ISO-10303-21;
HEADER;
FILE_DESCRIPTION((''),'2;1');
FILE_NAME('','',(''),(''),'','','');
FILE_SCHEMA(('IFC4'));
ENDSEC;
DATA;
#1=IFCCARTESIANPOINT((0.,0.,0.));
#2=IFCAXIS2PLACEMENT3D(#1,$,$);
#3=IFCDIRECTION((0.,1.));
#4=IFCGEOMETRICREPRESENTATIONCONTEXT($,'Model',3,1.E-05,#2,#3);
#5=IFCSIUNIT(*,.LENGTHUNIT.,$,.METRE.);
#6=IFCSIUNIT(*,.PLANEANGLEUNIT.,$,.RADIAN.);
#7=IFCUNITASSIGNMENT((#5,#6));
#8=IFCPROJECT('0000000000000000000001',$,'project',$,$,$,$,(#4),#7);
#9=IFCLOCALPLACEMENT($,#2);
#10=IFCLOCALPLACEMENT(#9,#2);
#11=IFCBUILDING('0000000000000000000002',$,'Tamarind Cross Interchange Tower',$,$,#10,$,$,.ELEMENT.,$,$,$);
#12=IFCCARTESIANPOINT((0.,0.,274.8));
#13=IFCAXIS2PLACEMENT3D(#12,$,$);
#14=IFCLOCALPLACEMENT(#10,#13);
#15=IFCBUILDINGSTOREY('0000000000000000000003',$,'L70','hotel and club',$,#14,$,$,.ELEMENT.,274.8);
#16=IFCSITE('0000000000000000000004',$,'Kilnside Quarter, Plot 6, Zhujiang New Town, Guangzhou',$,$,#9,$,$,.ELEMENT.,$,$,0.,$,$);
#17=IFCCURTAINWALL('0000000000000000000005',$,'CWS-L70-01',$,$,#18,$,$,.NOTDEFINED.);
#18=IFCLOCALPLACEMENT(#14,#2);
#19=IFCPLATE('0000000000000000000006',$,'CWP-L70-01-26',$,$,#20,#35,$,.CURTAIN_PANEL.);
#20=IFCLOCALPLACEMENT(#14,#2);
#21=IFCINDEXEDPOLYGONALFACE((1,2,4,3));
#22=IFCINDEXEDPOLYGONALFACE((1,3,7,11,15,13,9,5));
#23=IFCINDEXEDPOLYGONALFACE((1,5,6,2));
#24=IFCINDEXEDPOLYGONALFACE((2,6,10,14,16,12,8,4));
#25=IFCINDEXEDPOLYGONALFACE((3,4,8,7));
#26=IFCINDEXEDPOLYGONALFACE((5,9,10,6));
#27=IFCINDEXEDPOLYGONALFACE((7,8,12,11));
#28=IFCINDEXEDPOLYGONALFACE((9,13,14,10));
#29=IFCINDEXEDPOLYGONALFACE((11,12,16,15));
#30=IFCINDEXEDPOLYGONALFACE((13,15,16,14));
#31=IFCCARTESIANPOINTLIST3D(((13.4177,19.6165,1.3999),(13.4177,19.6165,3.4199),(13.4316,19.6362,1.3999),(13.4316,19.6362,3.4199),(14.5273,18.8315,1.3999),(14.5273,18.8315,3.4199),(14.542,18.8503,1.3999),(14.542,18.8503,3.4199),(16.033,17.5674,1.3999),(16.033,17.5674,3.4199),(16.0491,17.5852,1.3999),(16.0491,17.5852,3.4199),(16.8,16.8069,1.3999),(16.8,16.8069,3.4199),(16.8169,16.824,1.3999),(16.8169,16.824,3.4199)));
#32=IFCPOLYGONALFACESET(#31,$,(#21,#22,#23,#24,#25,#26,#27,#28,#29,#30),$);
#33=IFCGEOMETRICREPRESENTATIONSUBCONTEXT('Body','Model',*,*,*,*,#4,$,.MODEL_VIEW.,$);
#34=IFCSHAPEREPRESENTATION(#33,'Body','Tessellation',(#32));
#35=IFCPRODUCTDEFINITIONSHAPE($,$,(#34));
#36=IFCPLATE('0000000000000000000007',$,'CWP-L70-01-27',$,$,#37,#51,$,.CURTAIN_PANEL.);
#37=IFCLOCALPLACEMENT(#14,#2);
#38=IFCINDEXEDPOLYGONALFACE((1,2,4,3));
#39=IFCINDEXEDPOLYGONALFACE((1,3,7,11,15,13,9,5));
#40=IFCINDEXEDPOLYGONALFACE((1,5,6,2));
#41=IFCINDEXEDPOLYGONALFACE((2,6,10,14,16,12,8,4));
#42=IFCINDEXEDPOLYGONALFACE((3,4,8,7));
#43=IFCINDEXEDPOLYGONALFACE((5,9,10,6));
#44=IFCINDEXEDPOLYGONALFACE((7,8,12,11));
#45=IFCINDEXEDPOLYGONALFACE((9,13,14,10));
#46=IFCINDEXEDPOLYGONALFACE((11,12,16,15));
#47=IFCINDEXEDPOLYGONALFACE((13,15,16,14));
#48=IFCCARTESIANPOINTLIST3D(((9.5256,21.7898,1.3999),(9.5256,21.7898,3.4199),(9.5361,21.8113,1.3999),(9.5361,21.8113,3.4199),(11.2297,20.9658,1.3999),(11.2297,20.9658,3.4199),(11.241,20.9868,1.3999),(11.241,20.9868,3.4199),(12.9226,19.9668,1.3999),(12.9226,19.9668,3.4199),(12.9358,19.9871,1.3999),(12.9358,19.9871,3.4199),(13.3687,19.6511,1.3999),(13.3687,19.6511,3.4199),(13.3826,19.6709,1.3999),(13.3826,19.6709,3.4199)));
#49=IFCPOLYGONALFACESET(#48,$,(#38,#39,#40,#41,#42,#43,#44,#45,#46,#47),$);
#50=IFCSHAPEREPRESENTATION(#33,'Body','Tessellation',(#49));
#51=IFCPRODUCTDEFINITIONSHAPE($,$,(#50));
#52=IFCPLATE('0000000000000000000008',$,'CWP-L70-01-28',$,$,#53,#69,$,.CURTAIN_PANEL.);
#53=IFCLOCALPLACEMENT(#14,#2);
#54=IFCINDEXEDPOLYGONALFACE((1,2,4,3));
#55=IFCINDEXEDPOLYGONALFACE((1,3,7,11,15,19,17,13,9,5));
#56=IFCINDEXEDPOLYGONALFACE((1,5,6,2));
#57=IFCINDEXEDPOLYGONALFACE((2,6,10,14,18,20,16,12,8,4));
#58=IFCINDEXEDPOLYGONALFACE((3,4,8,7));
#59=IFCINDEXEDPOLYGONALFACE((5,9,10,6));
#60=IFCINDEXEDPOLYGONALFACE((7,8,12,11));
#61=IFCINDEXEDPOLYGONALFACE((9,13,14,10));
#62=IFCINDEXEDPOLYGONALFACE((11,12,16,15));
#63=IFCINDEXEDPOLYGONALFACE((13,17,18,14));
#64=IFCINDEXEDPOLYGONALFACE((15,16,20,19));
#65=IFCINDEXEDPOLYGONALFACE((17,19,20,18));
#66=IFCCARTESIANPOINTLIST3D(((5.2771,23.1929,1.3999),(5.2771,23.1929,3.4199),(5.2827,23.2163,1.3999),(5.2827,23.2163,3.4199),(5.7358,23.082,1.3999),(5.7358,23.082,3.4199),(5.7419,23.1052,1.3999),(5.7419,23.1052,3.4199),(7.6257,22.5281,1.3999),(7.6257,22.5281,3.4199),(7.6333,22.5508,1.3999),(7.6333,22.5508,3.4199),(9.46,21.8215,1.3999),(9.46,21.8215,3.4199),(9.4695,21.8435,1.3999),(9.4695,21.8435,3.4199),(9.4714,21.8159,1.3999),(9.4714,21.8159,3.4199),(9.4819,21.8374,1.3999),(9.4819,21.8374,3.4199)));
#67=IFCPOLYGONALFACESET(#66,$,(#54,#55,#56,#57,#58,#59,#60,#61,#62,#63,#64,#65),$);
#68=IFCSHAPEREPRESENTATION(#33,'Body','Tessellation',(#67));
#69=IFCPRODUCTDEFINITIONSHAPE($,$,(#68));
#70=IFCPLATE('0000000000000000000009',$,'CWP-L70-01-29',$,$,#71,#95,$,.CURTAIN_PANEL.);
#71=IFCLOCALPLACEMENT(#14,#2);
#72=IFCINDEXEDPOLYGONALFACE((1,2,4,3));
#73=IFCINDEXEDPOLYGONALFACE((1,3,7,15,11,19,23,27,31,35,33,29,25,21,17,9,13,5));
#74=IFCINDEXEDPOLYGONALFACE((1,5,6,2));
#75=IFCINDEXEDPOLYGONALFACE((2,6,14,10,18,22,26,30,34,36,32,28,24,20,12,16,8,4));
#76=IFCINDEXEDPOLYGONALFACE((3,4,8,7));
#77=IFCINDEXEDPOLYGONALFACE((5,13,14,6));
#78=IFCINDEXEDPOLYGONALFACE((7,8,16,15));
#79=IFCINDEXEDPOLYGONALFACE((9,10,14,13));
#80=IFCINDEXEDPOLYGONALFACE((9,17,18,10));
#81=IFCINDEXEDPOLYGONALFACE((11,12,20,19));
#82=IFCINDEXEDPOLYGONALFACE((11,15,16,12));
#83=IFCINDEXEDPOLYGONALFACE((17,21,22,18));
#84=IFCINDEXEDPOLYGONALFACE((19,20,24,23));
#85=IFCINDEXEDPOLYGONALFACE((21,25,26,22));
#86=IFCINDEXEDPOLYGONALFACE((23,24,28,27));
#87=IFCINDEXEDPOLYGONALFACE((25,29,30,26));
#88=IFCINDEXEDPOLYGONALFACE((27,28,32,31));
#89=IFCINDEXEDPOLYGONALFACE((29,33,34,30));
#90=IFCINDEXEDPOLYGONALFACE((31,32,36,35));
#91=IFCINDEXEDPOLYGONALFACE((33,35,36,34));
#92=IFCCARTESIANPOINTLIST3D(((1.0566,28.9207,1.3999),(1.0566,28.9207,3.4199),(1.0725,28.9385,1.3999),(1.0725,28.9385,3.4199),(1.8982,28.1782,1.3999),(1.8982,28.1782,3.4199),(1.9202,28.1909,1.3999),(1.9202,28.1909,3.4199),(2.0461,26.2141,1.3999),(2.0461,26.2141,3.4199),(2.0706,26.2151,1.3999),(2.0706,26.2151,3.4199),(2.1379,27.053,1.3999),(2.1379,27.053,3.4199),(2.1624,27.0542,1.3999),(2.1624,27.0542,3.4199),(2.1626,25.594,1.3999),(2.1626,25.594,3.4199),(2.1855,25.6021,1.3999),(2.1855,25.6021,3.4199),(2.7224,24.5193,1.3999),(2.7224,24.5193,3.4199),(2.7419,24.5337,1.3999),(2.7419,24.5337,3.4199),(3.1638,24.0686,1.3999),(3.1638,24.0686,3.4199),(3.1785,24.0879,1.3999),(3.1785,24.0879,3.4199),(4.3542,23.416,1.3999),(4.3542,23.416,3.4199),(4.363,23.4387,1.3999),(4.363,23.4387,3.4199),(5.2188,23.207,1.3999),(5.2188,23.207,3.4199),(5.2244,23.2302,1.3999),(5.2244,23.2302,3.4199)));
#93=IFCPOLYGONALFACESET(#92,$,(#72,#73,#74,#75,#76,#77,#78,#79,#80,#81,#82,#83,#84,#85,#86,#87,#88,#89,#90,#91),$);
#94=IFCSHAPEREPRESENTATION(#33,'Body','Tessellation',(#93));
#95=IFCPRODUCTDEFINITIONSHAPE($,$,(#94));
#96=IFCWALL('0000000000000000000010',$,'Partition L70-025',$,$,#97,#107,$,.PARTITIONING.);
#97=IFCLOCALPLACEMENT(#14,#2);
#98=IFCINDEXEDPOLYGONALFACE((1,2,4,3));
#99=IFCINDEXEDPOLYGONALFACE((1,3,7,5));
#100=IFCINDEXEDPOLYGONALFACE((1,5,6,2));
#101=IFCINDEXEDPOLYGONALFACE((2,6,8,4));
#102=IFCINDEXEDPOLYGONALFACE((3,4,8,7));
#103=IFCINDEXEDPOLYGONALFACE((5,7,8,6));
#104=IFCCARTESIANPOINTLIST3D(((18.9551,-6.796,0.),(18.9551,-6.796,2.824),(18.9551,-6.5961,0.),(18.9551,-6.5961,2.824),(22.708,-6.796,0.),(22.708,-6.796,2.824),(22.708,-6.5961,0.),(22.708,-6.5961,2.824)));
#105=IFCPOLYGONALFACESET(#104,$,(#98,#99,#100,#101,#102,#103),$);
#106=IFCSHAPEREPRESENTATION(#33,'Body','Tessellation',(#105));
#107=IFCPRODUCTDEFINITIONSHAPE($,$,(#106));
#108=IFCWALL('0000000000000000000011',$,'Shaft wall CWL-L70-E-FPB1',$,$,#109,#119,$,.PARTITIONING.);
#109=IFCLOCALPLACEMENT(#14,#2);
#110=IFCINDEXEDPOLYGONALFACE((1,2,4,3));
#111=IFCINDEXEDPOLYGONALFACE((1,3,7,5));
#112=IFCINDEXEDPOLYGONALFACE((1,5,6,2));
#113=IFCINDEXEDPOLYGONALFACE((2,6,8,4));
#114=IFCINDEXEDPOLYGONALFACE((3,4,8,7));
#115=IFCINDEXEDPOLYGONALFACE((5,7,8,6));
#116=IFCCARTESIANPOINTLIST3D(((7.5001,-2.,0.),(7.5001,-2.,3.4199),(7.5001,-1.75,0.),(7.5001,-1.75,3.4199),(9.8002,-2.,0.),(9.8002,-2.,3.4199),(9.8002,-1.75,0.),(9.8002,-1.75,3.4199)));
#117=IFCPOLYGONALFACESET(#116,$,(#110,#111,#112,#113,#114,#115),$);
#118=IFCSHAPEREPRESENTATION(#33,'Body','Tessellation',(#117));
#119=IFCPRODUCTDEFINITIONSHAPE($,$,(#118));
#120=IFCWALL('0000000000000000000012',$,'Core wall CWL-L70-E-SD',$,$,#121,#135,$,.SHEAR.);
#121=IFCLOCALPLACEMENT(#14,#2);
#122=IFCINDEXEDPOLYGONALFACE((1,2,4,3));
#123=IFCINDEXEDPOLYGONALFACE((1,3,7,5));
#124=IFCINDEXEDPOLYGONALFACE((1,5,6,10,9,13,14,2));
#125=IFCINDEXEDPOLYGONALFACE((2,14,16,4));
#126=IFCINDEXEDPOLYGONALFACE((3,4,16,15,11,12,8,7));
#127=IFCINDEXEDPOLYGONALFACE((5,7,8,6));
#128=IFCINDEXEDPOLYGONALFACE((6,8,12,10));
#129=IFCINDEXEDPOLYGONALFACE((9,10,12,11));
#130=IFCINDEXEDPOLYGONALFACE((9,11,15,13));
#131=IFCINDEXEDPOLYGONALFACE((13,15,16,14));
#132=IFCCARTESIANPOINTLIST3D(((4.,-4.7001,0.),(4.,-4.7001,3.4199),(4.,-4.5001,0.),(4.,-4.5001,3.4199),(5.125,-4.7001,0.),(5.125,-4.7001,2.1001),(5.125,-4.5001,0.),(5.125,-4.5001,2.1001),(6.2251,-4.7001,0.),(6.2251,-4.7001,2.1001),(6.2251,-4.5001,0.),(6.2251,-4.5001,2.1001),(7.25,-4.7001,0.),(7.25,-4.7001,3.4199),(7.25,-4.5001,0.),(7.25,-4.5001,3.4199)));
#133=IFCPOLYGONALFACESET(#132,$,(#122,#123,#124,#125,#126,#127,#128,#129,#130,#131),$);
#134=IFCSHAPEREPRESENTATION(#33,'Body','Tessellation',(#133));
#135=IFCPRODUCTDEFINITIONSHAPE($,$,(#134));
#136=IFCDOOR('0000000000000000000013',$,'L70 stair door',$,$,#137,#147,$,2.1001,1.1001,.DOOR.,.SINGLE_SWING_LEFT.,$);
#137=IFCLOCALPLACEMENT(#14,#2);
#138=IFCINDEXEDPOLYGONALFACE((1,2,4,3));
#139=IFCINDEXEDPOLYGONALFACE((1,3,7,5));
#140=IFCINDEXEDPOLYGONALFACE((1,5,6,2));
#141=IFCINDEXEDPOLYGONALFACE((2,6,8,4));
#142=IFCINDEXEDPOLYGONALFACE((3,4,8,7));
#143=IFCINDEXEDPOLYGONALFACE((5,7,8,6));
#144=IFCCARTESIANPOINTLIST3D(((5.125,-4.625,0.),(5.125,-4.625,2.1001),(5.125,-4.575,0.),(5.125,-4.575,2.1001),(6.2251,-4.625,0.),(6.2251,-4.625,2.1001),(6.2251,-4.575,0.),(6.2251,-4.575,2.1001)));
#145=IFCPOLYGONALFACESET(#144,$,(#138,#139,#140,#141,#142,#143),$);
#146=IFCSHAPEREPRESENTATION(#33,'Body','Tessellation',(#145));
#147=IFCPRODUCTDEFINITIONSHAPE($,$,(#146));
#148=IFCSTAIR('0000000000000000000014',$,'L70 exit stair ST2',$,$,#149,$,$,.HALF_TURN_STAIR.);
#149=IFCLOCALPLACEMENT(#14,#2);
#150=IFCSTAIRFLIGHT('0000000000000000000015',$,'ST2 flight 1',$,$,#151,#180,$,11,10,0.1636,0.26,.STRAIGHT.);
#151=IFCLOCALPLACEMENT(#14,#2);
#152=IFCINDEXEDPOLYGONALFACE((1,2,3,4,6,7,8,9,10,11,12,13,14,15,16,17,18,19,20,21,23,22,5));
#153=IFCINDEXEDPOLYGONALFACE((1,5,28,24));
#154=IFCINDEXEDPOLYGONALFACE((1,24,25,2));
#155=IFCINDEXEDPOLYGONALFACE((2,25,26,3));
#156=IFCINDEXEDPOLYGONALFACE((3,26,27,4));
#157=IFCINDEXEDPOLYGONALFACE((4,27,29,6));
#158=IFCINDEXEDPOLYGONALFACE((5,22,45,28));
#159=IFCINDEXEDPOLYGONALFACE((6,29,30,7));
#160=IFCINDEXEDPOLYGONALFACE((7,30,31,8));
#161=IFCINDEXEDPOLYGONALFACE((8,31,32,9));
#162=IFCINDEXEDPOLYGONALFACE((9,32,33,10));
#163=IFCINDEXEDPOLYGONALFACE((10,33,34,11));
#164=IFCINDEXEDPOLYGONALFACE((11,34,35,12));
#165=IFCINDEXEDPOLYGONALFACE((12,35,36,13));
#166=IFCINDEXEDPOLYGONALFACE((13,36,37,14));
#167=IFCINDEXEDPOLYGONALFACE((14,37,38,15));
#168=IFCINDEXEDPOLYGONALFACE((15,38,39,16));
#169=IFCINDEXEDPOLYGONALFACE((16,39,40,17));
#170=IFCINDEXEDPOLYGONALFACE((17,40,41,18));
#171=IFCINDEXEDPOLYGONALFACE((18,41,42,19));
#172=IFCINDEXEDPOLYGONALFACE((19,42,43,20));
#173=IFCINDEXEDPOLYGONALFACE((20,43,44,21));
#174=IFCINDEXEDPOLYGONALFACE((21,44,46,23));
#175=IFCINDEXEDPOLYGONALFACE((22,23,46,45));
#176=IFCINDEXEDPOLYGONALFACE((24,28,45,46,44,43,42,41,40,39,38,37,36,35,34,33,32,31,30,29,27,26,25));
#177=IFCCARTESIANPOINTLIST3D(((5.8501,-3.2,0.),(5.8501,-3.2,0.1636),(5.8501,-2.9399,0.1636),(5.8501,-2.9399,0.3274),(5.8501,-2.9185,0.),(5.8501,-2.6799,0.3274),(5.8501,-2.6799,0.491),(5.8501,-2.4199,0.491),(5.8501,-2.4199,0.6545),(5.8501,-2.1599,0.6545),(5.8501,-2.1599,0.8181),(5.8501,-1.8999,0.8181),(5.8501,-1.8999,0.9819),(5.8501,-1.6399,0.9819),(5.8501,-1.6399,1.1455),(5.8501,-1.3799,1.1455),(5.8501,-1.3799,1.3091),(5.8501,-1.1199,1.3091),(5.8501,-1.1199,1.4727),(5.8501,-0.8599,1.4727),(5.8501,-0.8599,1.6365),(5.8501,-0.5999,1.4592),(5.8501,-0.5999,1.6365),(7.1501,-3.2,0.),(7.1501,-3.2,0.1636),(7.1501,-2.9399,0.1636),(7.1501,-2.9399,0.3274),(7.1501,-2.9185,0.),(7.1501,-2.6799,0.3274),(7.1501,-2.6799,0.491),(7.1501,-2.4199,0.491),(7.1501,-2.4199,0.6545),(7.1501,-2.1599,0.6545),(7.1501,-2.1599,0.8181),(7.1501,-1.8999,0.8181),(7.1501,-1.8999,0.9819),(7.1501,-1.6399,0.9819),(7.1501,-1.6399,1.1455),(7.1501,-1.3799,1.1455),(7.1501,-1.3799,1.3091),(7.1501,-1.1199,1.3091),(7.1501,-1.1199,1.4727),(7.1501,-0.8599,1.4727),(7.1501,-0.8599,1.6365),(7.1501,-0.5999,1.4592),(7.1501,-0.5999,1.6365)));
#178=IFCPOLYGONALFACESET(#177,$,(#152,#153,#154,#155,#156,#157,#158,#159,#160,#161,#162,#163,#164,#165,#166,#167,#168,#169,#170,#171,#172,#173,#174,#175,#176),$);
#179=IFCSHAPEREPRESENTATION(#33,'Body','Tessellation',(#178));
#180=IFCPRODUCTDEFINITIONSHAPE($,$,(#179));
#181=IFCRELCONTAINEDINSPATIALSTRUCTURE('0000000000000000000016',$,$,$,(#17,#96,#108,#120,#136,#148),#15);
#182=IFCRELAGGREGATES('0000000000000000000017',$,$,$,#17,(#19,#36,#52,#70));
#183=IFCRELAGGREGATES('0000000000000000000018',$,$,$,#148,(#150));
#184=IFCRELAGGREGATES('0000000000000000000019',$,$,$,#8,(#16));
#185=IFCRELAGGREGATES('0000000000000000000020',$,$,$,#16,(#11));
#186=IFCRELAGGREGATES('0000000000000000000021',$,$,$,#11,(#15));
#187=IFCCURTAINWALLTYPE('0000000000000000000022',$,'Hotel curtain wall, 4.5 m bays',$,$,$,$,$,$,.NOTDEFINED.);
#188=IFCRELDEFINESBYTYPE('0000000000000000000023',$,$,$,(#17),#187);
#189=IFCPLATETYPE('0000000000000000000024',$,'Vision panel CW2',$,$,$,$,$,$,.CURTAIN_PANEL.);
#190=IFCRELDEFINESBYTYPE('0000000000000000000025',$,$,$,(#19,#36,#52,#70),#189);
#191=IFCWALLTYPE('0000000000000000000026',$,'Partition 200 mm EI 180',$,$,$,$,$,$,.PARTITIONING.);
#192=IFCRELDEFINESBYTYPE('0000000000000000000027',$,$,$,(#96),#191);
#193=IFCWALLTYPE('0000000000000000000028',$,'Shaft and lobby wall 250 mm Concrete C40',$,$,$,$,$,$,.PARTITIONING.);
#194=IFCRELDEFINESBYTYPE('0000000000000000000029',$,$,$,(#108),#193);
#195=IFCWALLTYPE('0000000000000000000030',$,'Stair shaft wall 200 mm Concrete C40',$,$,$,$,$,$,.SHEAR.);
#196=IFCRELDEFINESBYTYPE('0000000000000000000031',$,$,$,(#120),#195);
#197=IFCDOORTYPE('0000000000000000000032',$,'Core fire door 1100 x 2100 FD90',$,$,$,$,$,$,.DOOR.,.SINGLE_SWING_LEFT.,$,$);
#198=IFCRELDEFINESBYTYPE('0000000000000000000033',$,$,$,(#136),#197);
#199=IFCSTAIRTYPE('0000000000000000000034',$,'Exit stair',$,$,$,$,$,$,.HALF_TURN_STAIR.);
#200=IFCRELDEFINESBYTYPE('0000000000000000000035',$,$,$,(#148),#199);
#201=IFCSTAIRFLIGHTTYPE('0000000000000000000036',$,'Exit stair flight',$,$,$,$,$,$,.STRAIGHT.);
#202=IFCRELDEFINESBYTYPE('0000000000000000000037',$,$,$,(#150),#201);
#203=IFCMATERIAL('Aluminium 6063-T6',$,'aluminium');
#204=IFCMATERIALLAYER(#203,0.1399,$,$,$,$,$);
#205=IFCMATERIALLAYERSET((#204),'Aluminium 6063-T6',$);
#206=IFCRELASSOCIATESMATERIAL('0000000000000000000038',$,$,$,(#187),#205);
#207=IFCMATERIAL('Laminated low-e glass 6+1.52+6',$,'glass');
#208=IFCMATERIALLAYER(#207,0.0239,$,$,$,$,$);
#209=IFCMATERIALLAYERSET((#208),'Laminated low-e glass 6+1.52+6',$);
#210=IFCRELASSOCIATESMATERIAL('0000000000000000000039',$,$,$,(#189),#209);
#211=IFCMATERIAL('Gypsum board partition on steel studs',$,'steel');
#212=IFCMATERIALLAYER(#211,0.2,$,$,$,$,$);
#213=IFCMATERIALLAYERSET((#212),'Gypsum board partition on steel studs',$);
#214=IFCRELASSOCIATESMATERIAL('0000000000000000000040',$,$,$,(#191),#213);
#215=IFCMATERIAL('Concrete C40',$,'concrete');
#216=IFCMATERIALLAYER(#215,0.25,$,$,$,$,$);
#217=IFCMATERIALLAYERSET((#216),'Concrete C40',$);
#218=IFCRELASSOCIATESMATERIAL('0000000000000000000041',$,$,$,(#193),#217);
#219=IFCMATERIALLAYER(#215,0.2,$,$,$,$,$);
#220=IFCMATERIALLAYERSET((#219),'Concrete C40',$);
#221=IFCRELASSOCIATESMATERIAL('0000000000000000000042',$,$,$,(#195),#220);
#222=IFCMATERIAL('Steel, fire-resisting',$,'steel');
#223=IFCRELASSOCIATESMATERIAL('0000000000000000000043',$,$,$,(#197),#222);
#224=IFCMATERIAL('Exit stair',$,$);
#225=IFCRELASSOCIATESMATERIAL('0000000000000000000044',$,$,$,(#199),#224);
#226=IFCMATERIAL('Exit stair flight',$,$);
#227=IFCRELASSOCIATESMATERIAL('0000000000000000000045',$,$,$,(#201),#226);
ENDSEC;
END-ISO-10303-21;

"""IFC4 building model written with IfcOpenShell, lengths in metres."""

from ifc_helpers import new_model, si_unit, direction, frame, frame_2d, origin, place, context, subcontext, project, spatial, polyline, rectangle, outline, extrude, material, layer, layer_set, type_object, element, fill, aggregate, save


model = new_model("IFC4")

# Units and contexts
model_context = context("Model", 3, precision=1e-05, world=origin(), true_north=direction((0.0, 1.0)))
body_context = subcontext(model_context, "Body", "Model", "MODEL_VIEW")
ifc_project = project(units=[si_unit("LENGTHUNIT", "METRE"), si_unit("PLANEANGLEUNIT", "RADIAN")], contexts=[model_context])

# Site, building, storey
site_placement = place(None, origin())
site = spatial("IfcSite", under=ifc_project, at=site_placement, Name="Kilnside Quarter, Plot 6, Zhujiang New Town, Guangzhou", CompositionType="ELEMENT", RefElevation=0.0)
building_placement = place(site_placement, origin())
building = spatial("IfcBuilding", under=site, at=building_placement, Name="Tamarind Cross Interchange Tower", CompositionType="ELEMENT")
storey_placement = place(building_placement, frame((0.0, 0.0, 274.8)))
storey = spatial("IfcBuildingStorey", under=building, at=storey_placement, Name="L70", Description="hotel and club", CompositionType="ELEMENT", Elevation=274.8)

# Curtain wall, plates
ifc_material_1 = material(Name="Aluminium 6063-T6", Category="aluminium")
ifc_layer_1 = layer(ifc_material_1, 0.1399)
ifc_layer_set_1 = layer_set([ifc_layer_1], Name="Aluminium 6063-T6")
curtain_wall_type = type_object("IfcCurtainWallType", Name="Hotel curtain wall, 4.5 m bays", PredefinedType="NOTDEFINED", material=ifc_layer_set_1)
curtain_wall_placement = place(storey_placement, origin())
curtain_wall = element("IfcCurtainWall", 1, at=curtain_wall_placement, inside=storey, type_object=curtain_wall_type, Name="CWS-L70-01", PredefinedType="NOTDEFINED")
ifc_material_2 = material(Name="Laminated low-e glass 6+1.52+6", Category="glass")
ifc_layer_2 = layer(ifc_material_2, 0.0239)
ifc_layer_set_2 = layer_set([ifc_layer_2], Name="Laminated low-e glass 6+1.52+6")
plate_type = type_object("IfcPlateType", Name="Vision panel CW2", PredefinedType="CURTAIN_PANEL", material=ifc_layer_set_2)
plate_1_placement = place(storey_placement, frame((0.0, 0.0, 1.3999)))
plate_1 = element("IfcPlate", 2, at=plate_1_placement, type_object=plate_type, Name="CWP-L70-01-26", PredefinedType="CURTAIN_PANEL", context=body_context, shape_type="SweptSolid", body=[
    extrude(outline(polyline([(16.8, 16.8069), (16.033, 17.5674), (14.5273, 18.8315), (13.4177, 19.6165), (13.4316, 19.6362), (14.542, 18.8503), (16.0491, 17.5852), (16.8169, 16.824), (16.8, 16.8069)])), origin(), (0.0, 0.0, 1.0), 2.02),
])
plate_2_placement = place(storey_placement, frame((0.0, 0.0, 1.3999)))
plate_2 = element("IfcPlate", 3, at=plate_2_placement, type_object=plate_type, Name="CWP-L70-01-27", PredefinedType="CURTAIN_PANEL", context=body_context, shape_type="SweptSolid", body=[
    extrude(outline(polyline([(13.3687, 19.6511), (12.9226, 19.9668), (11.2297, 20.9658), (9.5256, 21.7898), (9.5361, 21.8113), (11.241, 20.9868), (12.9358, 19.9871), (13.3826, 19.6709), (13.3687, 19.6511)])), origin(), (0.0, 0.0, 1.0), 2.02),
])
plate_3_placement = place(storey_placement, frame((0.0, 0.0, 1.3999)))
plate_3 = element("IfcPlate", 4, at=plate_3_placement, type_object=plate_type, Name="CWP-L70-01-28", PredefinedType="CURTAIN_PANEL", context=body_context, shape_type="SweptSolid", body=[
    extrude(outline(polyline([(9.4714, 21.8159), (9.46, 21.8215), (7.6257, 22.5281), (5.7358, 23.082), (5.2771, 23.1929), (5.2827, 23.2163), (5.7419, 23.1052), (7.6333, 22.5508), (9.4695, 21.8435), (9.4819, 21.8374), (9.4714, 21.8159)])), origin(), (0.0, 0.0, 1.0), 2.02),
])
plate_4_placement = place(storey_placement, frame((0.0, 0.0, 1.3999)))
plate_4 = element("IfcPlate", 5, at=plate_4_placement, type_object=plate_type, Name="CWP-L70-01-29", PredefinedType="CURTAIN_PANEL", context=body_context, shape_type="SweptSolid", body=[
    extrude(outline(polyline([(5.2188, 23.207), (4.3542, 23.416), (3.1638, 24.0686), (2.7224, 24.5193), (2.1626, 25.594), (2.0461, 26.2141), (2.1379, 27.053), (1.8982, 28.1782), (1.0566, 28.9207), (1.0725, 28.9385), (1.9202, 28.1909), (2.1624, 27.0542), (2.0706, 26.2151), (2.1855, 25.6021), (2.7419, 24.5337), (3.1785, 24.0879), (4.363, 23.4387), (5.2244, 23.2302), (5.2188, 23.207)])), origin(), (0.0, 0.0, 1.0), 2.02),
])
aggregate(curtain_wall, [plate_1, plate_2, plate_3, plate_4])

# Walls
ifc_material_3 = material(Name="Gypsum board partition on steel studs", Category="steel")
ifc_layer_3 = layer(ifc_material_3, 0.2)
ifc_layer_set_3 = layer_set([ifc_layer_3], Name="Gypsum board partition on steel studs")
wall_type_1 = type_object("IfcWallType", Name="Partition 200 mm EI 180", PredefinedType="PARTITIONING", material=ifc_layer_set_3)
wall_1_placement = place(storey_placement, frame((18.9551, -6.696, 0.0), z_axis=(0.0, 0.0, 1.0), x_axis=(1.0, 0.0, 0.0)))
element("IfcWall", 6, at=wall_1_placement, inside=storey, type_object=wall_type_1, Name="Partition L70-025", PredefinedType="PARTITIONING", context=body_context, shape_type="SweptSolid", body=[
    extrude(rectangle(XDim=3.7529, YDim=0.2, at=frame_2d((1.8765, 0.0))), origin(), (0.0, 0.0, 1.0), 2.824),
])
ifc_material_4 = material(Name="Concrete C40", Category="concrete")
ifc_layer_4 = layer(ifc_material_4, 0.25)
ifc_layer_set_4 = layer_set([ifc_layer_4], Name="Concrete C40")
wall_type_2 = type_object("IfcWallType", Name="Shaft and lobby wall 250 mm Concrete C40", PredefinedType="PARTITIONING", material=ifc_layer_set_4)
wall_2_placement = place(storey_placement, frame((9.8, -1.875, 0.0), z_axis=(0.0, 0.0, 1.0), x_axis=(-1.0, 0.0, 0.0)))
element("IfcWall", 7, at=wall_2_placement, inside=storey, type_object=wall_type_2, Name="Shaft wall CWL-L70-E-FPB1", PredefinedType="PARTITIONING", context=body_context, shape_type="SweptSolid", body=[
    extrude(rectangle(XDim=2.3, YDim=0.25, at=frame_2d((1.1499, 0.0))), origin(), (0.0, 0.0, 1.0), 3.4199),
])

# Wall, opening, door
ifc_layer_5 = layer(ifc_material_4, 0.2)
ifc_layer_set_5 = layer_set([ifc_layer_5], Name="Concrete C40")
wall_type_3 = type_object("IfcWallType", Name="Stair shaft wall 200 mm Concrete C40", PredefinedType="SHEAR", material=ifc_layer_set_5)
wall_3_placement = place(storey_placement, frame((7.25, -4.6001, 0.0), z_axis=(0.0, 0.0, 1.0), x_axis=(-1.0, 0.0, 0.0)))
wall_3 = element("IfcWall", 8, at=wall_3_placement, inside=storey, type_object=wall_type_3, Name="Core wall CWL-L70-E-SD", PredefinedType="SHEAR", context=body_context, shape_type="SweptSolid", body=[
    extrude(rectangle(XDim=3.25, YDim=0.2, at=frame_2d((1.625, 0.0))), origin(), (0.0, 0.0, 1.0), 3.4199),
])
opening_placement = place(wall_3_placement, frame((1.0249, 0.0, 0.0)))
opening = element("IfcOpeningElement", 9, at=opening_placement, cuts=wall_3, PredefinedType="OPENING", context=body_context, shape_type="SweptSolid", body=[
    extrude(rectangle(XDim=1.1001, YDim=2.1001, at=frame_2d((0.55, 1.05))), frame((0.0, 0.1099, 0.0), z_axis=(0.0, -1.0, 0.0), x_axis=(1.0, 0.0, 0.0)), (0.0, 0.0, 1.0), 0.22),
])
ifc_material_5 = material(Name="Steel, fire-resisting", Category="steel")
door_type = type_object("IfcDoorType", Name="Core fire door 1100 x 2100 FD90", OperationType="SINGLE_SWING_LEFT", PredefinedType="DOOR", material=ifc_material_5)
door_placement = place(opening_placement, origin())
door = element("IfcDoor", 10, at=door_placement, inside=storey, type_object=door_type, Name="L70 stair door", OperationType="SINGLE_SWING_LEFT", OverallHeight=2.1001, OverallWidth=1.1001, PredefinedType="DOOR", context=body_context, shape_type="SweptSolid", body=[
    extrude(rectangle(XDim=1.1001, YDim=2.1001, at=frame_2d((0.55, 1.05))), frame((0.0, 0.0249, 0.0), z_axis=(0.0, -1.0, 0.0), x_axis=(1.0, 0.0, 0.0)), (0.0, 0.0, 1.0), 0.05),
])
fill(opening, door)

# Stair, stair flight
ifc_material_6 = material(Name="Exit stair")
stair_type = type_object("IfcStairType", Name="Exit stair", PredefinedType="HALF_TURN_STAIR", material=ifc_material_6)
stair_placement = place(storey_placement, origin())
stair = element("IfcStair", 11, at=stair_placement, inside=storey, type_object=stair_type, Name="L70 exit stair ST2", PredefinedType="HALF_TURN_STAIR")
ifc_material_7 = material(Name="Exit stair flight")
stair_flight_type = type_object("IfcStairFlightType", Name="Exit stair flight", PredefinedType="STRAIGHT", material=ifc_material_7)
stair_flight_1_placement = place(storey_placement, frame((6.5, -3.2, 0.0), z_axis=(0.0, 0.0, 1.0), x_axis=(0.0, 1.0, 0.0)))
stair_flight_1 = element("IfcStairFlight", 12, at=stair_flight_1_placement, type_object=stair_flight_type, Name="ST2 flight 1", NumberOfRisers=11, NumberOfTreads=10, PredefinedType="STRAIGHT", RiserHeight=0.1636, TreadLength=0.26, context=body_context, shape_type="SweptSolid", body=[
    extrude(outline(polyline([(0.0, 0.0), (0.0, 0.1636), (0.26, 0.1636), (0.26, 0.3274), (0.52, 0.3274), (0.52, 0.491), (0.78, 0.491), (0.78, 0.6545), (1.04, 0.6545), (1.04, 0.8181), (1.3, 0.8181), (1.3, 0.9819), (1.5601, 0.9819), (1.5601, 1.1455), (1.8201, 1.1455), (1.8201, 1.3091), (2.0801, 1.3091), (2.0801, 1.4727), (2.3401, 1.4727), (2.3401, 1.6365), (2.6001, 1.6365), (2.6001, 1.8), (2.6001, 1.4592), (0.2815, 0.0), (0.0, 0.0)])), frame((0.0, 0.6499, 0.0), z_axis=(0.0, -1.0, 0.0), x_axis=(1.0, 0.0, 0.0)), (0.0, 0.0, 1.0), 1.3),
])
aggregate(stair, [stair_flight_1])

save(model, "model.ifc")
